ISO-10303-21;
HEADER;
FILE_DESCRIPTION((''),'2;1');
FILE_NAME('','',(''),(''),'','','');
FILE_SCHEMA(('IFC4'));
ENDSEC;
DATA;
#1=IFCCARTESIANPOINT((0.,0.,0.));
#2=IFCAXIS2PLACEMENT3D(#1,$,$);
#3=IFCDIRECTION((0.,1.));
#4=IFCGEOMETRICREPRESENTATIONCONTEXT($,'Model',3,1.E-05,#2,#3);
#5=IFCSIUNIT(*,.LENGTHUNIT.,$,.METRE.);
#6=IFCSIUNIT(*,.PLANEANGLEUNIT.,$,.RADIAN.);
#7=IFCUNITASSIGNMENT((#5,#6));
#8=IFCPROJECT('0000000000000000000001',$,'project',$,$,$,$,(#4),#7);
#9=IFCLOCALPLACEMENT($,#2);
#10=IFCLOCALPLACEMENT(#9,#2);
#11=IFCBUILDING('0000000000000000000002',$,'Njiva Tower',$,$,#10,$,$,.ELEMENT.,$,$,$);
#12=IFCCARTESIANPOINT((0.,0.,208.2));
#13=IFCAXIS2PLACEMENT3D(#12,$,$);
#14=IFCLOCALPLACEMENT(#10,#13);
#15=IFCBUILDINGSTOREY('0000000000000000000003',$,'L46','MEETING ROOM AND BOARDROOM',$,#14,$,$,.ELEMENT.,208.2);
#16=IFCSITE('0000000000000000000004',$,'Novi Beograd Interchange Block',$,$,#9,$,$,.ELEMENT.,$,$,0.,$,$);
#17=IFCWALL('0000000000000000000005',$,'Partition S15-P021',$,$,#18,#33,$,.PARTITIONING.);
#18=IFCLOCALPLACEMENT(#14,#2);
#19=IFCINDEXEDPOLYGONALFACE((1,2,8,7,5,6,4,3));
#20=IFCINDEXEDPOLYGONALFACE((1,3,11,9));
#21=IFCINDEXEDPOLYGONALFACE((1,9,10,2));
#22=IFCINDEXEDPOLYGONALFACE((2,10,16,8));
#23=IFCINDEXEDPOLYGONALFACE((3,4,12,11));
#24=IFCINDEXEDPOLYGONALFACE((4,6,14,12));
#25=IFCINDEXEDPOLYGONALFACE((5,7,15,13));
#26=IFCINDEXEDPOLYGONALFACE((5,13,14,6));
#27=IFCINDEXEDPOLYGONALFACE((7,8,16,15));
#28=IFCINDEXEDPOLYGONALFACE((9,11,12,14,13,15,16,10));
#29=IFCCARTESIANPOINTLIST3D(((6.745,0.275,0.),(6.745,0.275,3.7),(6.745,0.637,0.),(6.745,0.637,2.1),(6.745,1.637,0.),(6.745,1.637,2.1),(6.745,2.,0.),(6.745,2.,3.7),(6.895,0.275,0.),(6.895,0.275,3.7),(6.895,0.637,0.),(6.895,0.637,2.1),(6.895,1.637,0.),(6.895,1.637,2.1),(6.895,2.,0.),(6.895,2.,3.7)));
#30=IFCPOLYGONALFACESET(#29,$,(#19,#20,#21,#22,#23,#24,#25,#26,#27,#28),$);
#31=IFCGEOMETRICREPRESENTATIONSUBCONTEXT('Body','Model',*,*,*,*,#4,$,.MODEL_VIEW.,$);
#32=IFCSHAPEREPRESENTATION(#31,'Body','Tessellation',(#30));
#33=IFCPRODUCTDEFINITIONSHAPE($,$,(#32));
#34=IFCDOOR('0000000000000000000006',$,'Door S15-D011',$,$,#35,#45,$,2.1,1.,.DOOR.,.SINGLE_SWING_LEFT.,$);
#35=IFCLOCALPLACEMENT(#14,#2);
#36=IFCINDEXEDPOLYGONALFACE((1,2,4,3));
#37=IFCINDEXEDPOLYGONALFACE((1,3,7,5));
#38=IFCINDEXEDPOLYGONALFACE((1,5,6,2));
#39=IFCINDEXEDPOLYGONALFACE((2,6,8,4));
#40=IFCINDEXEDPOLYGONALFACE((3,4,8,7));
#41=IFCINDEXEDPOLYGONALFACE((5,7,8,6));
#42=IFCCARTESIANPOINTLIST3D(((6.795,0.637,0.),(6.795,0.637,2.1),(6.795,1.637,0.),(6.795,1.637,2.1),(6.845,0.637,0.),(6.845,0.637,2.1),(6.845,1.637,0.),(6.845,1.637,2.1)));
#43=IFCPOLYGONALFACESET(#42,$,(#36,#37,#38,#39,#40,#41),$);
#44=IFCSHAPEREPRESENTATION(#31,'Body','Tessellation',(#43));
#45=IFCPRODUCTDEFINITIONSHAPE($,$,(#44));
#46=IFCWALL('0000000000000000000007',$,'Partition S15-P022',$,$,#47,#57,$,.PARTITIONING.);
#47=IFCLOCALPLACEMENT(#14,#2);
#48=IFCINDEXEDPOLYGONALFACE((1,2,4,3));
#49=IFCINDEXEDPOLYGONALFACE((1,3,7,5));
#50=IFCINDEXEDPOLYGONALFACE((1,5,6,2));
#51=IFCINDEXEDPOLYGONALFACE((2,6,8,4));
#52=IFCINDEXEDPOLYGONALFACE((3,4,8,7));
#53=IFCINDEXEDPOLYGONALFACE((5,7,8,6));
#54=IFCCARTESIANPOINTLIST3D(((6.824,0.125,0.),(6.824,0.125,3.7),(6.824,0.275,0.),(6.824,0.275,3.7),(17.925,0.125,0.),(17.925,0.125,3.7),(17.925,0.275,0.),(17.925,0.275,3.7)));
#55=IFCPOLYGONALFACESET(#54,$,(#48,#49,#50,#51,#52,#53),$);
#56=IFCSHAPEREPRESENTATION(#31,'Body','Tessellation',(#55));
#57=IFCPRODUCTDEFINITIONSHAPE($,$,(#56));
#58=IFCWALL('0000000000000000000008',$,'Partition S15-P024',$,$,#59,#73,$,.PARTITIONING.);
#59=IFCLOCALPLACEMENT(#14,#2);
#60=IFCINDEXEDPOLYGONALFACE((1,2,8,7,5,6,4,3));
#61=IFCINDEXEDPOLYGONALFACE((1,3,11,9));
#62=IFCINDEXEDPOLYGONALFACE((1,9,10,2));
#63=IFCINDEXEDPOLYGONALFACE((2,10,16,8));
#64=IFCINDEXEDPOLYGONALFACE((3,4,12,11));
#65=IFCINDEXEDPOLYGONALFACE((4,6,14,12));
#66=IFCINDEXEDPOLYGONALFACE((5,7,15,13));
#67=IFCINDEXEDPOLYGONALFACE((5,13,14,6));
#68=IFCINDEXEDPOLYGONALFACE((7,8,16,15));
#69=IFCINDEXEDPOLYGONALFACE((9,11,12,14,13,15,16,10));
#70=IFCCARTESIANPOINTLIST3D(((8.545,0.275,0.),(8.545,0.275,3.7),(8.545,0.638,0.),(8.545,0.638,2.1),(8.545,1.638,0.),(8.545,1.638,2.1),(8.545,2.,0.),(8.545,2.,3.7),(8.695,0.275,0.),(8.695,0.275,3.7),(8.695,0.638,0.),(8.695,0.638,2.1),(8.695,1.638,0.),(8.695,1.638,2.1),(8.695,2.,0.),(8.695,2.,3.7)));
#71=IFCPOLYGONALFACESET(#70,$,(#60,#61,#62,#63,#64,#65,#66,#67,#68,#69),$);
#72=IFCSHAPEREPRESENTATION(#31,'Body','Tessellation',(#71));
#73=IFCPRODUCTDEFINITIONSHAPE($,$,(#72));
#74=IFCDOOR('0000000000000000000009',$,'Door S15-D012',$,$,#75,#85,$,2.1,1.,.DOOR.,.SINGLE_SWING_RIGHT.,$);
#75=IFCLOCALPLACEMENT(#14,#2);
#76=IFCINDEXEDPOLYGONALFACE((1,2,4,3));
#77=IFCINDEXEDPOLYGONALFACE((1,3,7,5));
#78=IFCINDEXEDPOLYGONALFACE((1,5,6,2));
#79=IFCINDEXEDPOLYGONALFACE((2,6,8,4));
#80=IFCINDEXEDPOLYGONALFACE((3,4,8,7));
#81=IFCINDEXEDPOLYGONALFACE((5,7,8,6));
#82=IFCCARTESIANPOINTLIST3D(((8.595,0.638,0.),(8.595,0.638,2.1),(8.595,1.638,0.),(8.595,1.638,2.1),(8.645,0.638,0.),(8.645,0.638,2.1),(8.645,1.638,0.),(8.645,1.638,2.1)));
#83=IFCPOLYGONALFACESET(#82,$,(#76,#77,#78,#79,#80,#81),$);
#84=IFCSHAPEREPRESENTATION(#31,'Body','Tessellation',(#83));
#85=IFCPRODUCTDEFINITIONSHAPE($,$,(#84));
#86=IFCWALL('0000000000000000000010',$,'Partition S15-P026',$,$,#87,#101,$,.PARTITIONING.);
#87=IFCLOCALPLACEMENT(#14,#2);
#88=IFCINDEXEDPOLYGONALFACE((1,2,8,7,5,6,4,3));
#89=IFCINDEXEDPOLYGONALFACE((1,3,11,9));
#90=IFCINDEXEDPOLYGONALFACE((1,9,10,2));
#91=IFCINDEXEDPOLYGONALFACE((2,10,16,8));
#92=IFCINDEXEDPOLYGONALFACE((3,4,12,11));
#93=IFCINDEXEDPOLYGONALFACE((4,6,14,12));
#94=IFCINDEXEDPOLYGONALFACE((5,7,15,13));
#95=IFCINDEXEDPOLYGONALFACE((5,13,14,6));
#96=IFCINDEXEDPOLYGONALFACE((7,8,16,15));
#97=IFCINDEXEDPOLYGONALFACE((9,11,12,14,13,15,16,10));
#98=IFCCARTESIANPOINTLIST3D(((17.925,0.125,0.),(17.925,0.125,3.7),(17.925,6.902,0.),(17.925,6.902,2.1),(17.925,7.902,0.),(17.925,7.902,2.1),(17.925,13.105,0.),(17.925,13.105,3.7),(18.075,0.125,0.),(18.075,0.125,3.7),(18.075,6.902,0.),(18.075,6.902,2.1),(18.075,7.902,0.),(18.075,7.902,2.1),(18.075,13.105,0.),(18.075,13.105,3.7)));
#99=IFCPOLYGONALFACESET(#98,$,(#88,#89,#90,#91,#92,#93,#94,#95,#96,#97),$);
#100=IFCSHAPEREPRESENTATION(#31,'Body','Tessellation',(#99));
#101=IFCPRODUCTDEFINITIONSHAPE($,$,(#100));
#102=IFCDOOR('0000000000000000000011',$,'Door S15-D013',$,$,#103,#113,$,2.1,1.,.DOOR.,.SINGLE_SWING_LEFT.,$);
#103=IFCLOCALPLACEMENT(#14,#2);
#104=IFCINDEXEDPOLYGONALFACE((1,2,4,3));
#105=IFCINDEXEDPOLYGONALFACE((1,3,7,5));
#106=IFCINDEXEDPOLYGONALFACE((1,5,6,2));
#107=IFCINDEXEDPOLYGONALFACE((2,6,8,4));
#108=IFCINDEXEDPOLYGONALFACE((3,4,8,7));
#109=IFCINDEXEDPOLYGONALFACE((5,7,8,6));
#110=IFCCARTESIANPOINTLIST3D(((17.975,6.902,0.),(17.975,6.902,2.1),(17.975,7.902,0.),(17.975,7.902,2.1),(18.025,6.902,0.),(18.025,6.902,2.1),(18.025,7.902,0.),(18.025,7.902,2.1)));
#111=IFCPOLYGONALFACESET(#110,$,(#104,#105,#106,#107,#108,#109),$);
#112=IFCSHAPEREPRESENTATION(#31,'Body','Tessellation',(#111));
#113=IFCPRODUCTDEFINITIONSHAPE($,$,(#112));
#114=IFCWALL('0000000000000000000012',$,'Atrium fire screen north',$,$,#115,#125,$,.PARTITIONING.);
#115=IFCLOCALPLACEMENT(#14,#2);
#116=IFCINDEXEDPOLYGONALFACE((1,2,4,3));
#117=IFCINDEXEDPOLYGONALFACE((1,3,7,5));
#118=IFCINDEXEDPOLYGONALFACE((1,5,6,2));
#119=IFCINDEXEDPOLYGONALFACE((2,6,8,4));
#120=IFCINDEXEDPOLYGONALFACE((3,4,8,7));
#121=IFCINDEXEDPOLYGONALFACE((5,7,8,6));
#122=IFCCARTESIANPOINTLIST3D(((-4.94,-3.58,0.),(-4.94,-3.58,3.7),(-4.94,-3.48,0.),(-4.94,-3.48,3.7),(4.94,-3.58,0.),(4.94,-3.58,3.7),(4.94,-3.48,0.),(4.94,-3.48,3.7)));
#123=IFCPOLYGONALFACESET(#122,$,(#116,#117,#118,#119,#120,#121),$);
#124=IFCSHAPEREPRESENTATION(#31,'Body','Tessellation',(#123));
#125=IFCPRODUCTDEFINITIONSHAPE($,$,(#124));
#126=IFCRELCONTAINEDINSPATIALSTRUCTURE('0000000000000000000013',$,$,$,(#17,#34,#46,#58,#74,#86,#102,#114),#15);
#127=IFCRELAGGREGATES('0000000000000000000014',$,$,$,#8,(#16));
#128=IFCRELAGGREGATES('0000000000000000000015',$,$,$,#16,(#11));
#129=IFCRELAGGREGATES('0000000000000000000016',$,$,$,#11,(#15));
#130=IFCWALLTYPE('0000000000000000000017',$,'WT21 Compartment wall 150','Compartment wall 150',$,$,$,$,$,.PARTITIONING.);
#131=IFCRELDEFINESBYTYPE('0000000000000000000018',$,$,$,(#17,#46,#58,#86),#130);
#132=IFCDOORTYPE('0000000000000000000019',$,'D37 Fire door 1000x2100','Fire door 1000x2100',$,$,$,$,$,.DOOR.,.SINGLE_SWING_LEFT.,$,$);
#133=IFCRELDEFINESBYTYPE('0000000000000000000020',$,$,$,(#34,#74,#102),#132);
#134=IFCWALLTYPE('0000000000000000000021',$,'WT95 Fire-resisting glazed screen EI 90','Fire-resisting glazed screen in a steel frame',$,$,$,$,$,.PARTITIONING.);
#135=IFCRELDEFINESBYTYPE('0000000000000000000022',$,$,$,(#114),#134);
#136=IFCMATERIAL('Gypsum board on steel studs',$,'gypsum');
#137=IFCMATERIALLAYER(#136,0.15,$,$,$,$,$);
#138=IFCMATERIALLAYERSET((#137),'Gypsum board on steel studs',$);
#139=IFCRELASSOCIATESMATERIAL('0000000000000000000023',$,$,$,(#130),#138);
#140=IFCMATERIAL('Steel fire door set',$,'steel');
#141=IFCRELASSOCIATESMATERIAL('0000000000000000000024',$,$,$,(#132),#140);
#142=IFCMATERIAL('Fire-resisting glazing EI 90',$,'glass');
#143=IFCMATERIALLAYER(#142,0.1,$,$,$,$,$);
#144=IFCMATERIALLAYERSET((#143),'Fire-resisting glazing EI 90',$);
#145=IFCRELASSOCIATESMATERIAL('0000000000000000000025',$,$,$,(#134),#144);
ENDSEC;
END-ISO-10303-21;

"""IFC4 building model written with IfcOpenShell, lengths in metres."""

from ifc_helpers import new_model, si_unit, direction, frame, frame_2d, origin, place, context, subcontext, project, spatial, rectangle, extrude, material, layer, layer_set, type_object, element, fill, save


model = new_model("IFC4")

# Units and contexts
model_context = context("Model", 3, precision=1e-05, world=origin(), true_north=direction((0.0, 1.0)))
body_context = subcontext(model_context, "Body", "Model", "MODEL_VIEW")
ifc_project = project(units=[si_unit("LENGTHUNIT", "METRE"), si_unit("PLANEANGLEUNIT", "RADIAN")], contexts=[model_context])

# Site, building, storey
site_placement = place(None, origin())
site = spatial("IfcSite", under=ifc_project, at=site_placement, Name="Novi Beograd Interchange Block", CompositionType="ELEMENT", RefElevation=0.0)
building_placement = place(site_placement, origin())
building = spatial("IfcBuilding", under=site, at=building_placement, Name="Njiva Tower", CompositionType="ELEMENT")
storey_placement = place(building_placement, frame((0.0, 0.0, 208.2)))
storey = spatial("IfcBuildingStorey", under=building, at=storey_placement, Name="L46", Description="MEETING ROOM AND BOARDROOM", CompositionType="ELEMENT", Elevation=208.2)

# Shared definitions
ifc_material_1 = material(Name="Gypsum board on steel studs", Category="gypsum")
ifc_layer_1 = layer(ifc_material_1, 0.15)
ifc_layer_set_1 = layer_set([ifc_layer_1], Name="Gypsum board on steel studs")
wall_type_1 = type_object("IfcWallType", Name="WT21 Compartment wall 150", Description="Compartment wall 150", PredefinedType="PARTITIONING", material=ifc_layer_set_1)

# Shared definitions
ifc_material_2 = material(Name="Steel fire door set", Category="steel")
door_type = type_object("IfcDoorType", Name="D37 Fire door 1000x2100", Description="Fire door 1000x2100", OperationType="SINGLE_SWING_LEFT", PredefinedType="DOOR", material=ifc_material_2)

# Wall, opening, door
wall_1_placement = place(storey_placement, frame((6.82, 0.275, 0.0), z_axis=(0.0, 0.0, 1.0), x_axis=(0.0, 1.0, 0.0)))
wall_1 = element("IfcWall", 1, at=wall_1_placement, inside=storey, type_object=wall_type_1, Name="Partition S15-P021", PredefinedType="PARTITIONING", context=body_context, shape_type="SweptSolid", body=[
    extrude(rectangle(XDim=1.725, YDim=0.15, at=frame_2d((0.8625, 0.0))), origin(), (0.0, 0.0, 1.0), 3.7),
])
opening_1_placement = place(wall_1_placement, frame((0.362, 0.0, 0.0)))
opening_1 = element("IfcOpeningElement", 2, at=opening_1_placement, cuts=wall_1, PredefinedType="OPENING", context=body_context, shape_type="SweptSolid", body=[
    extrude(rectangle(XDim=1.0, YDim=2.1, at=frame_2d((0.5, 1.05))), frame((0.0, 0.085, 0.0), z_axis=(0.0, -1.0, 0.0), x_axis=(1.0, 0.0, 0.0)), (0.0, 0.0, 1.0), 0.17),
])
door_1_placement = place(opening_1_placement, origin())
door_1 = element("IfcDoor", 3, at=door_1_placement, inside=storey, type_object=door_type, Name="Door S15-D011", OperationType="SINGLE_SWING_LEFT", OverallHeight=2.1, OverallWidth=1.0, PredefinedType="DOOR", context=body_context, shape_type="SweptSolid", body=[
    extrude(rectangle(XDim=1.0, YDim=2.1, at=frame_2d((0.5, 1.05))), frame((0.0, 0.025, 0.0), z_axis=(0.0, -1.0, 0.0), x_axis=(1.0, 0.0, 0.0)), (0.0, 0.0, 1.0), 0.05),
])
fill(opening_1, door_1)

# Wall
wall_2_placement = place(storey_placement, frame((6.824, 0.2, 0.0), z_axis=(0.0, 0.0, 1.0), x_axis=(1.0, 0.0, 0.0)))
element("IfcWall", 4, at=wall_2_placement, inside=storey, type_object=wall_type_1, Name="Partition S15-P022", PredefinedType="PARTITIONING", context=body_context, shape_type="SweptSolid", body=[
    extrude(rectangle(XDim=11.101, YDim=0.15, at=frame_2d((5.5505, 0.0))), origin(), (0.0, 0.0, 1.0), 3.7),
])

# Walls, openings, doors
wall_3_placement = place(storey_placement, frame((8.62, 0.275, 0.0), z_axis=(0.0, 0.0, 1.0), x_axis=(0.0, 1.0, 0.0)))
wall_3 = element("IfcWall", 5, at=wall_3_placement, inside=storey, type_object=wall_type_1, Name="Partition S15-P024", PredefinedType="PARTITIONING", context=body_context, shape_type="SweptSolid", body=[
    extrude(rectangle(XDim=1.725, YDim=0.15, at=frame_2d((0.8625, 0.0))), origin(), (0.0, 0.0, 1.0), 3.7),
])
opening_2_placement = place(wall_3_placement, frame((0.363, 0.0, 0.0)))
opening_2 = element("IfcOpeningElement", 6, at=opening_2_placement, cuts=wall_3, PredefinedType="OPENING", context=body_context, shape_type="SweptSolid", body=[
    extrude(rectangle(XDim=1.0, YDim=2.1, at=frame_2d((0.5, 1.05))), frame((0.0, 0.085, 0.0), z_axis=(0.0, -1.0, 0.0), x_axis=(1.0, 0.0, 0.0)), (0.0, 0.0, 1.0), 0.17),
])
door_2_placement = place(opening_2_placement, origin())
door_2 = element("IfcDoor", 7, at=door_2_placement, inside=storey, type_object=door_type, Name="Door S15-D012", OperationType="SINGLE_SWING_RIGHT", OverallHeight=2.1, OverallWidth=1.0, PredefinedType="DOOR", context=body_context, shape_type="SweptSolid", body=[
    extrude(rectangle(XDim=1.0, YDim=2.1, at=frame_2d((0.5, 1.05))), frame((0.0, 0.025, 0.0), z_axis=(0.0, -1.0, 0.0), x_axis=(1.0, 0.0, 0.0)), (0.0, 0.0, 1.0), 0.05),
])
fill(opening_2, door_2)
wall_4_placement = place(storey_placement, frame((18.0, 0.125, 0.0), z_axis=(0.0, 0.0, 1.0), x_axis=(0.0, 1.0, 0.0)))
wall_4 = element("IfcWall", 8, at=wall_4_placement, inside=storey, type_object=wall_type_1, Name="Partition S15-P026", PredefinedType="PARTITIONING", context=body_context, shape_type="SweptSolid", body=[
    extrude(rectangle(XDim=12.98, YDim=0.15, at=frame_2d((6.49, 0.0))), origin(), (0.0, 0.0, 1.0), 3.7),
])
opening_3_placement = place(wall_4_placement, frame((6.777, 0.0, 0.0)))
opening_3 = element("IfcOpeningElement", 9, at=opening_3_placement, cuts=wall_4, PredefinedType="OPENING", context=body_context, shape_type="SweptSolid", body=[
    extrude(rectangle(XDim=1.0, YDim=2.1, at=frame_2d((0.5, 1.05))), frame((0.0, 0.085, 0.0), z_axis=(0.0, -1.0, 0.0), x_axis=(1.0, 0.0, 0.0)), (0.0, 0.0, 1.0), 0.17),
])
door_3_placement = place(opening_3_placement, origin())
door_3 = element("IfcDoor", 10, at=door_3_placement, inside=storey, type_object=door_type, Name="Door S15-D013", OperationType="SINGLE_SWING_LEFT", OverallHeight=2.1, OverallWidth=1.0, PredefinedType="DOOR", context=body_context, shape_type="SweptSolid", body=[
    extrude(rectangle(XDim=1.0, YDim=2.1, at=frame_2d((0.5, 1.05))), frame((0.0, 0.025, 0.0), z_axis=(0.0, -1.0, 0.0), x_axis=(1.0, 0.0, 0.0)), (0.0, 0.0, 1.0), 0.05),
])
fill(opening_3, door_3)

# Wall
ifc_material_3 = material(Name="Fire-resisting glazing EI 90", Category="glass")
ifc_layer_2 = layer(ifc_material_3, 0.1)
ifc_layer_set_2 = layer_set([ifc_layer_2], Name="Fire-resisting glazing EI 90")
wall_type_2 = type_object("IfcWallType", Name="WT95 Fire-resisting glazed screen EI 90", Description="Fire-resisting glazed screen in a steel frame", PredefinedType="PARTITIONING", material=ifc_layer_set_2)
wall_5_placement = place(storey_placement, frame((4.94, -3.53, 0.0), z_axis=(0.0, 0.0, 1.0), x_axis=(-1.0, 0.0, 0.0)))
element("IfcWall", 11, at=wall_5_placement, inside=storey, type_object=wall_type_2, Name="Atrium fire screen north", PredefinedType="PARTITIONING", context=body_context, shape_type="SweptSolid", body=[
    extrude(rectangle(XDim=9.88, YDim=0.1, at=frame_2d((4.94, 0.0))), origin(), (0.0, 0.0, 1.0), 3.7),
])

save(model, "model.ifc")
